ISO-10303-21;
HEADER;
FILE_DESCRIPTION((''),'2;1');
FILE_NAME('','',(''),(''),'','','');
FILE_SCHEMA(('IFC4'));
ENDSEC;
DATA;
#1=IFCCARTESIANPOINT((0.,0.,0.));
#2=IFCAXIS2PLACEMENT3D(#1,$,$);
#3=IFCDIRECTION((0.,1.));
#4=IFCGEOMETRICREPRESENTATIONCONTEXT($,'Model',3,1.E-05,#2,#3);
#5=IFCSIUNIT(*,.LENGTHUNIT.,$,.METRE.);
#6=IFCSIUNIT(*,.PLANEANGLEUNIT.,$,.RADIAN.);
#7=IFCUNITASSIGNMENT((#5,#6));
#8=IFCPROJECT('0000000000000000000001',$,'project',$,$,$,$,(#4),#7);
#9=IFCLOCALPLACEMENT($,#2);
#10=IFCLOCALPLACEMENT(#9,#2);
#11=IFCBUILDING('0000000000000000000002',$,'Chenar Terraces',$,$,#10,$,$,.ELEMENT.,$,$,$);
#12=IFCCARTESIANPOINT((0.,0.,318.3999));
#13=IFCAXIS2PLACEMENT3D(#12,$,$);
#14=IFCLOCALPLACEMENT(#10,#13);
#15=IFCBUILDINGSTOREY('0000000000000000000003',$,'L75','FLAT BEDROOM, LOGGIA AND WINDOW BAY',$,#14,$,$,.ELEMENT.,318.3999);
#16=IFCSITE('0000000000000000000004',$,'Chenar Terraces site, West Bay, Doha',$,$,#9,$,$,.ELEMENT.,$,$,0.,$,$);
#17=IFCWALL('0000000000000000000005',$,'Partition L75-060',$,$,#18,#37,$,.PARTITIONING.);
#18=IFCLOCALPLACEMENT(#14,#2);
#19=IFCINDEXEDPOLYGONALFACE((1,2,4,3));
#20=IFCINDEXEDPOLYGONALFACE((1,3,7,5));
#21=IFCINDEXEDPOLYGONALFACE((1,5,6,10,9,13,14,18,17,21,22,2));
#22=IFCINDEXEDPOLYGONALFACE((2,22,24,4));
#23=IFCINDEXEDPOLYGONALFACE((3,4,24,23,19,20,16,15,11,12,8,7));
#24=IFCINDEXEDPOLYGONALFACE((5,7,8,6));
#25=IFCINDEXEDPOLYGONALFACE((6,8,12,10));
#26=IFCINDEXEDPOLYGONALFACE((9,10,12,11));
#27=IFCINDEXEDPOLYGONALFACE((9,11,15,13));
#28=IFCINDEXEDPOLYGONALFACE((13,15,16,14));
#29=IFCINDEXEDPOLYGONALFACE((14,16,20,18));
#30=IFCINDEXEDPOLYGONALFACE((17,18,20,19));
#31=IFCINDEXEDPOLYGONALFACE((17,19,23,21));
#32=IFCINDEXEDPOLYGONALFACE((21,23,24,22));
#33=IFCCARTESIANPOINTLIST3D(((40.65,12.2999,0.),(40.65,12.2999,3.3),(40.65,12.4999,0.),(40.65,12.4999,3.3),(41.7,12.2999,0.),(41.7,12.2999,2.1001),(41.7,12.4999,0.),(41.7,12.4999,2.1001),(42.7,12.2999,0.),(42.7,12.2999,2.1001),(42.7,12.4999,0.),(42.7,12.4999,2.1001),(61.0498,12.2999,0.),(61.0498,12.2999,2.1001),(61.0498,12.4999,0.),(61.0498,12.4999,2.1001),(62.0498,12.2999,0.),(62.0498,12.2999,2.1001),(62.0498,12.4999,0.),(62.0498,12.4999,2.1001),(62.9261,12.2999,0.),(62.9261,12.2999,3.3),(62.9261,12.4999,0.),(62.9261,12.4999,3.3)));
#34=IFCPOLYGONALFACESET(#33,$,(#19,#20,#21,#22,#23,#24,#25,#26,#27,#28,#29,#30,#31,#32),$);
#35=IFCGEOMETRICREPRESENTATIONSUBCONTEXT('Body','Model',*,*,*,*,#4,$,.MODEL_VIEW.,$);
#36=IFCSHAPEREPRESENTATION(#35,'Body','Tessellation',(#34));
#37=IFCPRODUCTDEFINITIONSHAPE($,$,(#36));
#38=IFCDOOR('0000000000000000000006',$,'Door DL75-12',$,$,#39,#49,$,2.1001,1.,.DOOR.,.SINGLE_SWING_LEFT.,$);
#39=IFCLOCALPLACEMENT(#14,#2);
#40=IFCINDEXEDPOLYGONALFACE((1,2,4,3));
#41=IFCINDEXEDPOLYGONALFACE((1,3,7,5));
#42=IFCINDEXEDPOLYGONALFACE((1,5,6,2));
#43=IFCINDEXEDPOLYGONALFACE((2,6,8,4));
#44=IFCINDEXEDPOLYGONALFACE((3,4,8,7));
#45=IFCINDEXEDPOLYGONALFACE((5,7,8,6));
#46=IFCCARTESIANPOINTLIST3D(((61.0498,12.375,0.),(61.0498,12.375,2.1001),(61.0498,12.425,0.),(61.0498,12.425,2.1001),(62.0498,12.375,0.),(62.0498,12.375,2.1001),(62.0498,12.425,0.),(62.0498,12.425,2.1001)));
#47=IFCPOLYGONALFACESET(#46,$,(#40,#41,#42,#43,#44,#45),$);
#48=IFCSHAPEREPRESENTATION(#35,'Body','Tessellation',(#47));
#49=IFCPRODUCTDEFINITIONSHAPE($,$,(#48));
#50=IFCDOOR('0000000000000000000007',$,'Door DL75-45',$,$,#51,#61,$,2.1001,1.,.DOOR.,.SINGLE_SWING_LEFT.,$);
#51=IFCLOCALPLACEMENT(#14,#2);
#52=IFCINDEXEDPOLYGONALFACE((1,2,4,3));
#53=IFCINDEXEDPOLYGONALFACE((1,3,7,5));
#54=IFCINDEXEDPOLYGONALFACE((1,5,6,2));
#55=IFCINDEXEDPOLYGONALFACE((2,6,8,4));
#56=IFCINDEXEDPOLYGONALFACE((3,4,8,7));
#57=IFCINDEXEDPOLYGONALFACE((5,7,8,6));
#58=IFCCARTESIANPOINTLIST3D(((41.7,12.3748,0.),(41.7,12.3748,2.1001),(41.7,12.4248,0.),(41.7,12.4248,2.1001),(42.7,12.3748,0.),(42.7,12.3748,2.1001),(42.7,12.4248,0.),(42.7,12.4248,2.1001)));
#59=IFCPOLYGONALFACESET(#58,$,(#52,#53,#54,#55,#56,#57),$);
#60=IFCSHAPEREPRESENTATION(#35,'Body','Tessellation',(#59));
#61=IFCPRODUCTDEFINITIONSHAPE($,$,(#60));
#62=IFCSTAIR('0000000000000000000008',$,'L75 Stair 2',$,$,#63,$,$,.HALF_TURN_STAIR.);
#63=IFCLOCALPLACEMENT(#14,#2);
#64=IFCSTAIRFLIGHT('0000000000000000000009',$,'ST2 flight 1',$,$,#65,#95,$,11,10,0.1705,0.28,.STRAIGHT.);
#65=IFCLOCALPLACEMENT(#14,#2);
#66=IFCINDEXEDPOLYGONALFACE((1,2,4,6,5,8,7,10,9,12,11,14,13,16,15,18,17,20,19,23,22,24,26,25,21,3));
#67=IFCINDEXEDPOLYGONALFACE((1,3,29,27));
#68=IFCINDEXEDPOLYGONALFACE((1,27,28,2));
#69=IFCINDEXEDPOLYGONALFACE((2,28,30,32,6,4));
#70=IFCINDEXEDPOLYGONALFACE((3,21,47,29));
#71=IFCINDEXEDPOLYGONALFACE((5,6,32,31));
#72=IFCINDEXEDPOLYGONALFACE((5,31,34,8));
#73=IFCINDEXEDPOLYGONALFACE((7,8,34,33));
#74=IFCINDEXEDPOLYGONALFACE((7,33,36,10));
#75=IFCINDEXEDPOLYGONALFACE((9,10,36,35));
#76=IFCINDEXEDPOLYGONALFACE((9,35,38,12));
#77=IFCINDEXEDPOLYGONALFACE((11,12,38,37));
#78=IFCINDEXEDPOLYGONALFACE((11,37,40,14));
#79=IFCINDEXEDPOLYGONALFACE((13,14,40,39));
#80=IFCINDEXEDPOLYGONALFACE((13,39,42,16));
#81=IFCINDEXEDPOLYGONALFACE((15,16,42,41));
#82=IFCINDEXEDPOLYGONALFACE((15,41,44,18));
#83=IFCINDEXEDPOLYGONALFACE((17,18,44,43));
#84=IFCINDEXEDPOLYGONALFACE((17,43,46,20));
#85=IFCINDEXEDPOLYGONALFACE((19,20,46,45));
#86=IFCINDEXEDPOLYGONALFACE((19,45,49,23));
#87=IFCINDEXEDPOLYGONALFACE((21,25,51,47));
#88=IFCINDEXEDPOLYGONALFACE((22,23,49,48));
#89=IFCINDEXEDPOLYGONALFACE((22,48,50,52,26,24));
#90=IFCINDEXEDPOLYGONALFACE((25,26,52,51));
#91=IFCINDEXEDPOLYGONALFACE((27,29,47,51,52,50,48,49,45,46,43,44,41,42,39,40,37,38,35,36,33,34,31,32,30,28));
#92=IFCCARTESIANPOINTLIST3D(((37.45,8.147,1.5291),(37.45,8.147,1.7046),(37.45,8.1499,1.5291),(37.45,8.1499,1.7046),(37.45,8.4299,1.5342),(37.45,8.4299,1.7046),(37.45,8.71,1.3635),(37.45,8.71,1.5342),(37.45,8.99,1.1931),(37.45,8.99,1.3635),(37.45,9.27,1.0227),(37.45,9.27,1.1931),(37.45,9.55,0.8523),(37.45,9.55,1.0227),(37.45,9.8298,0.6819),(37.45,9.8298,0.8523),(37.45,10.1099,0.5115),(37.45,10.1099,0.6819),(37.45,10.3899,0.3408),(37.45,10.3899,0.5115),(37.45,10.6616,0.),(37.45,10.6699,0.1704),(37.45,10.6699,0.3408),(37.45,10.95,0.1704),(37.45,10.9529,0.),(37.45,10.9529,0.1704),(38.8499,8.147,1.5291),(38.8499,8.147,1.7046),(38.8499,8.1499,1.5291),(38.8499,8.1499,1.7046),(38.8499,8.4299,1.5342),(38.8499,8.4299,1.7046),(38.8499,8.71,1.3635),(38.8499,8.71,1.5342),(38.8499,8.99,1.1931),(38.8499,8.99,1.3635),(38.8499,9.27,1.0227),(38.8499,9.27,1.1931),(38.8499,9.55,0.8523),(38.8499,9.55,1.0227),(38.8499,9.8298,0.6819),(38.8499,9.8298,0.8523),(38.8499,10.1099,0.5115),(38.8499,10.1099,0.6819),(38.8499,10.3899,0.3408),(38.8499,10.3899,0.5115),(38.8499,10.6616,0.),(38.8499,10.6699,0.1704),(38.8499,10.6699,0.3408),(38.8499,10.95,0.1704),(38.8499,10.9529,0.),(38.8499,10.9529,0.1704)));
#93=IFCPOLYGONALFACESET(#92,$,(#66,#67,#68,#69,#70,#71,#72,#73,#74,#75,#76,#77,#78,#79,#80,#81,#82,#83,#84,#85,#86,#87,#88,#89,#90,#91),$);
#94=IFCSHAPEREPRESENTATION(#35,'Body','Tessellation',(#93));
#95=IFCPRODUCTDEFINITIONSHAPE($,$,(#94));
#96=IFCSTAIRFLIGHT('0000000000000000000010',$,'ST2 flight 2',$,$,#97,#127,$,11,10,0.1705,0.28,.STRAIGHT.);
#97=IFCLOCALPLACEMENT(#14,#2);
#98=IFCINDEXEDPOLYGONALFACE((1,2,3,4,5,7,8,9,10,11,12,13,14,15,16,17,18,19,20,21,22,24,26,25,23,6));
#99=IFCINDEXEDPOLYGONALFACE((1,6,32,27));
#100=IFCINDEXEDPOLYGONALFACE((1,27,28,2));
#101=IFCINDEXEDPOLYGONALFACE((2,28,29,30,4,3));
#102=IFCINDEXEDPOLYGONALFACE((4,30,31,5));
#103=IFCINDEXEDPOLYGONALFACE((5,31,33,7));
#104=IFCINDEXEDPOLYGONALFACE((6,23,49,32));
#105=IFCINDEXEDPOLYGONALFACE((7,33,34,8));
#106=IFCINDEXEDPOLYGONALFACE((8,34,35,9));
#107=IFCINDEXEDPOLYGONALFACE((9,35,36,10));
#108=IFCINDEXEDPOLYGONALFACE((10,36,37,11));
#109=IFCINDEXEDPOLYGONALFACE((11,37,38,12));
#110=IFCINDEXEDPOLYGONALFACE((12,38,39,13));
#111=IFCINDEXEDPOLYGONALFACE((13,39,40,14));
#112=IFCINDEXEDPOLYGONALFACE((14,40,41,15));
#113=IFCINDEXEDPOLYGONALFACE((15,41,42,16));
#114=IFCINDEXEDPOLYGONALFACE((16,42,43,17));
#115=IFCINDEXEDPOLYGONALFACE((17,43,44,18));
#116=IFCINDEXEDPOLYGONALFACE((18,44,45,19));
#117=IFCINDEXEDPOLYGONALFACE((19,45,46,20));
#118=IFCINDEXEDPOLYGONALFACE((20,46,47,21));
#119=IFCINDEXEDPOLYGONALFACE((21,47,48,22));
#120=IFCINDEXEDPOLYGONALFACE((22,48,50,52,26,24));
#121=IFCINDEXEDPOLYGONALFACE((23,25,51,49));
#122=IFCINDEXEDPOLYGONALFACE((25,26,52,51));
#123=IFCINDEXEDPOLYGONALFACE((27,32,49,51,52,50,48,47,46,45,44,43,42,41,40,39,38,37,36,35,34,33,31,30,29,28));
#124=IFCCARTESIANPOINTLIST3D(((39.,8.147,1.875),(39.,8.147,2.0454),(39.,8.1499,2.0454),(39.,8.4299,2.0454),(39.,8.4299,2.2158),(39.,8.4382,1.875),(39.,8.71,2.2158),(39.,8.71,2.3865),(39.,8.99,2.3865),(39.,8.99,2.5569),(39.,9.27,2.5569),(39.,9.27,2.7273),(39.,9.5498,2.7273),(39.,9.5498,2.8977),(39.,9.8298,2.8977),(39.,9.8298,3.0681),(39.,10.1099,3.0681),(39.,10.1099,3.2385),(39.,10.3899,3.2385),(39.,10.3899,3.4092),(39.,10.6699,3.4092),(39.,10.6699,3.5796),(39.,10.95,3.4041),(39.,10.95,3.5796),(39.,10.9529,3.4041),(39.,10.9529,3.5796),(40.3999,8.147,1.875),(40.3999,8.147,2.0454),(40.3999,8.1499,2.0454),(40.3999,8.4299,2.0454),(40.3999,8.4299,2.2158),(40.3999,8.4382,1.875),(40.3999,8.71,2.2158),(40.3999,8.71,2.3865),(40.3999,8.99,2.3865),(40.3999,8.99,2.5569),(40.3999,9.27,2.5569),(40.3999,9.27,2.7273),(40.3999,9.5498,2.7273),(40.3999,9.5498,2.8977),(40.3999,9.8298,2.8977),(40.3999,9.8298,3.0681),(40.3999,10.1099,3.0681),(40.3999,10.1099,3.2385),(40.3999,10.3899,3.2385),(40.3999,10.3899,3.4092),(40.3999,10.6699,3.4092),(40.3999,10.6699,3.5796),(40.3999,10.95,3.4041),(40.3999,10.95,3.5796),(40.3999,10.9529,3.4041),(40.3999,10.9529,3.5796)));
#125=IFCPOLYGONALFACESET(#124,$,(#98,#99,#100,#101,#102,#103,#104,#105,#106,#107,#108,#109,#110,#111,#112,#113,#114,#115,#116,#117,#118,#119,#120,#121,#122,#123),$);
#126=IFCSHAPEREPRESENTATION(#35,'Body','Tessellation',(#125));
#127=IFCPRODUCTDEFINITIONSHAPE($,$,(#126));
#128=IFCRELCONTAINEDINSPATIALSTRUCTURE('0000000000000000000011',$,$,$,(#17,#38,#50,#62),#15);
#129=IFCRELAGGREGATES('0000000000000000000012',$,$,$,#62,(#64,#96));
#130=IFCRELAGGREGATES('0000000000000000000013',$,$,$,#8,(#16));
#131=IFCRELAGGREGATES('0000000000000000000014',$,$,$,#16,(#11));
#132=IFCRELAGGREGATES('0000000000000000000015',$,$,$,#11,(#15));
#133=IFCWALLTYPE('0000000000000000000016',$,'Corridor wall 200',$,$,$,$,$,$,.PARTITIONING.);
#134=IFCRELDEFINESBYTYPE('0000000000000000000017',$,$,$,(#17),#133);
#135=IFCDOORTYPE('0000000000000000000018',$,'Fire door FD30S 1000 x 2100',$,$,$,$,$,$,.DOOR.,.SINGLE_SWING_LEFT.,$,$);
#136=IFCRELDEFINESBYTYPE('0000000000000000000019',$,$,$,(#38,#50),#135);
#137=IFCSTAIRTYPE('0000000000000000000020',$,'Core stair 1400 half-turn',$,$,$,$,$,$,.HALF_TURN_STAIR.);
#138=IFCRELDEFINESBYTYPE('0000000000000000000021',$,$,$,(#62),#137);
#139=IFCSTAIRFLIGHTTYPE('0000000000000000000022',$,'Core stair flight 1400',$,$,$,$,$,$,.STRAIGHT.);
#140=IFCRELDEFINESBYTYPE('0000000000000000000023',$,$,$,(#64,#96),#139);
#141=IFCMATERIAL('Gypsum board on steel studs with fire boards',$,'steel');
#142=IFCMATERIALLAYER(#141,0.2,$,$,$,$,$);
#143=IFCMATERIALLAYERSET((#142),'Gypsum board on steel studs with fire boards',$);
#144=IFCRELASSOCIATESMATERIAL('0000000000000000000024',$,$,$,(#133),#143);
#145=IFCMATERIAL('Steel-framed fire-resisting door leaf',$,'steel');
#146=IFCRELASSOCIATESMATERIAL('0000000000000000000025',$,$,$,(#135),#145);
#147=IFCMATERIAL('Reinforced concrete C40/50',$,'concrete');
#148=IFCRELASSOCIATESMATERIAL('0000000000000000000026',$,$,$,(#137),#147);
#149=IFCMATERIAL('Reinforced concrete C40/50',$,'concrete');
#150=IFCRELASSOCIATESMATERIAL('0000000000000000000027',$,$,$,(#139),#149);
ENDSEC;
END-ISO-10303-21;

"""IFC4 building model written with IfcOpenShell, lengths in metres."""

from ifc_helpers import new_model, si_unit, direction, frame, frame_2d, origin, place, context, subcontext, project, spatial, polyline, rectangle, outline, extrude, material, layer, layer_set, type_object, element, fill, aggregate, save


model = new_model("IFC4")

# Units and contexts
model_context = context("Model", 3, precision=1e-05, world=origin(), true_north=direction((0.0, 1.0)))
body_context = subcontext(model_context, "Body", "Model", "MODEL_VIEW")
ifc_project = project(units=[si_unit("LENGTHUNIT", "METRE"), si_unit("PLANEANGLEUNIT", "RADIAN")], contexts=[model_context])

# Site, building, storey
site_placement = place(None, origin())
site = spatial("IfcSite", under=ifc_project, at=site_placement, Name="Chenar Terraces site, West Bay, Doha", CompositionType="ELEMENT", RefElevation=0.0)
building_placement = place(site_placement, origin())
building = spatial("IfcBuilding", under=site, at=building_placement, Name="Chenar Terraces", CompositionType="ELEMENT")
storey_placement = place(building_placement, frame((0.0, 0.0, 318.3999)))
storey = spatial("IfcBuildingStorey", under=building, at=storey_placement, Name="L75", Description="FLAT BEDROOM, LOGGIA AND WINDOW BAY", CompositionType="ELEMENT", Elevation=318.3999)

# Shared definitions
ifc_material_1 = material(Name="Gypsum board on steel studs with fire boards", Category="steel")
ifc_layer_1 = layer(ifc_material_1, 0.2)
ifc_layer_set_1 = layer_set([ifc_layer_1], Name="Gypsum board on steel studs with fire boards")
wall_type_1 = type_object("IfcWallType", Name="Corridor wall 200", PredefinedType="PARTITIONING", material=ifc_layer_set_1)

# Wall, openings, doors
wall_1_placement = place(storey_placement, frame((40.6499, 12.3999, 0.0), z_axis=(0.0, 0.0, 1.0), x_axis=(1.0, 0.0, 0.0)))
wall_1 = element("IfcWall", 1, at=wall_1_placement, inside=storey, type_object=wall_type_1, Name="Partition L75-060", PredefinedType="PARTITIONING", context=body_context, shape_type="SweptSolid", body=[
    extrude(rectangle(XDim=22.2761, YDim=0.2, at=frame_2d((11.1382, 0.0))), origin(), (0.0, 0.0, 1.0), 3.3),
])
opening_1_placement = place(wall_1_placement, frame((20.3999, 0.0, 0.0)))
opening_1 = element("IfcOpeningElement", 2, at=opening_1_placement, cuts=wall_1, PredefinedType="OPENING", context=body_context, shape_type="SweptSolid", body=[
    extrude(rectangle(XDim=1.0, YDim=2.1001, at=frame_2d((0.5, 1.05))), frame((0.0, 0.1099, 0.0), z_axis=(0.0, -1.0, 0.0), x_axis=(1.0, 0.0, 0.0)), (0.0, 0.0, 1.0), 0.22),
])
opening_2_placement = place(wall_1_placement, frame((1.05, 0.0, 0.0)))
opening_2 = element("IfcOpeningElement", 3, at=opening_2_placement, cuts=wall_1, PredefinedType="OPENING", context=body_context, shape_type="SweptSolid", body=[
    extrude(rectangle(XDim=1.0, YDim=2.1001, at=frame_2d((0.5, 1.05))), frame((0.0, 0.1099, 0.0), z_axis=(0.0, -1.0, 0.0), x_axis=(1.0, 0.0, 0.0)), (0.0, 0.0, 1.0), 0.22),
])
ifc_material_2 = material(Name="Steel-framed fire-resisting door leaf", Category="steel")
door_type_1 = type_object("IfcDoorType", Name="Fire door FD30S 1000 x 2100", OperationType="SINGLE_SWING_LEFT", PredefinedType="DOOR", material=ifc_material_2)
door_1_placement = place(opening_1_placement, frame((1.0, 0.0, 0.0), z_axis=(0.0, 0.0, 1.0), x_axis=(-1.0, 0.0, 0.0)))
door_1 = element("IfcDoor", 4, at=door_1_placement, inside=storey, type_object=door_type_1, Name="Door DL75-12", OperationType="SINGLE_SWING_LEFT", OverallHeight=2.1001, OverallWidth=1.0, PredefinedType="DOOR", context=body_context, shape_type="SweptSolid", body=[
    extrude(rectangle(XDim=1.0, YDim=2.1001, at=frame_2d((0.5, 1.05))), frame((0.0, 0.0249, 0.0), z_axis=(0.0, -1.0, 0.0), x_axis=(1.0, 0.0, 0.0)), (0.0, 0.0, 1.0), 0.05),
])
fill(opening_1, door_1)
door_2_placement = place(opening_2_placement, origin())
door_2 = element("IfcDoor", 5, at=door_2_placement, inside=storey, type_object=door_type_1, Name="Door DL75-45", OperationType="SINGLE_SWING_LEFT", OverallHeight=2.1001, OverallWidth=1.0, PredefinedType="DOOR", context=body_context, shape_type="SweptSolid", body=[
    extrude(rectangle(XDim=1.0, YDim=2.1001, at=frame_2d((0.5, 1.05))), frame((0.0, 0.0249, 0.0), z_axis=(0.0, -1.0, 0.0), x_axis=(1.0, 0.0, 0.0)), (0.0, 0.0, 1.0), 0.05),
])
fill(opening_2, door_2)

# Stair, stair flights
ifc_material_3 = material(Name="Reinforced concrete C40/50", Category="concrete")
stair_type = type_object("IfcStairType", Name="Core stair 1400 half-turn", PredefinedType="HALF_TURN_STAIR", material=ifc_material_3)
stair_placement = place(storey_placement, origin())
stair = element("IfcStair", 6, at=stair_placement, inside=storey, type_object=stair_type, Name="L75 Stair 2", PredefinedType="HALF_TURN_STAIR")
ifc_material_4 = material(Name="Reinforced concrete C40/50", Category="concrete")
stair_flight_type = type_object("IfcStairFlightType", Name="Core stair flight 1400", PredefinedType="STRAIGHT", material=ifc_material_4)
stair_flight_1_placement = place(storey_placement, frame((38.1499, 10.95, 0.0), z_axis=(0.0, 0.0, 1.0), x_axis=(0.0, -1.0, 0.0)))
stair_flight_1 = element("IfcStairFlight", 7, at=stair_flight_1_placement, type_object=stair_flight_type, Name="ST2 flight 1", NumberOfRisers=11, NumberOfTreads=10, PredefinedType="STRAIGHT", RiserHeight=0.1705, TreadLength=0.28, context=body_context, shape_type="SweptSolid", body=[
    extrude(outline(polyline([(-0.0029, 0.0), (-0.0029, 0.1704), (0.0, 0.1704), (0.28, 0.1704), (0.28, 0.3408), (0.5601, 0.3408), (0.5601, 0.5115), (0.8401, 0.5115), (0.8401, 0.6819), (1.1201, 0.6819), (1.1201, 0.8523), (1.3999, 0.8523), (1.3999, 1.0227), (1.6799, 1.0227), (1.6799, 1.1931), (1.96, 1.1931), (1.96, 1.3635), (2.24, 1.3635), (2.24, 1.5342), (2.52, 1.5342), (2.52, 1.7046), (2.8, 1.7046), (2.803, 1.7046), (2.803, 1.5291), (2.8, 1.5291), (0.2883, 0.0), (-0.0029, 0.0)])), frame((0.0, 0.7, 0.0), z_axis=(0.0, -1.0, 0.0), x_axis=(1.0, 0.0, 0.0)), (0.0, 0.0, 1.0), 1.3999),
])
stair_flight_2_placement = place(storey_placement, frame((39.7, 8.1499, 1.875), z_axis=(0.0, 0.0, 1.0), x_axis=(0.0, 1.0, 0.0)))
stair_flight_2 = element("IfcStairFlight", 8, at=stair_flight_2_placement, type_object=stair_flight_type, Name="ST2 flight 2", NumberOfRisers=11, NumberOfTreads=10, PredefinedType="STRAIGHT", RiserHeight=0.1705, TreadLength=0.28, context=body_context, shape_type="SweptSolid", body=[
    extrude(outline(polyline([(-0.0029, 0.0), (-0.0029, 0.1704), (0.0, 0.1704), (0.28, 0.1704), (0.28, 0.3408), (0.5601, 0.3408), (0.5601, 0.5115), (0.8401, 0.5115), (0.8401, 0.6819), (1.1201, 0.6819), (1.1201, 0.8523), (1.3999, 0.8523), (1.3999, 1.0227), (1.6799, 1.0227), (1.6799, 1.1931), (1.96, 1.1931), (1.96, 1.3635), (2.24, 1.3635), (2.24, 1.5342), (2.52, 1.5342), (2.52, 1.7046), (2.8, 1.7046), (2.803, 1.7046), (2.803, 1.5291), (2.8, 1.5291), (0.2883, 0.0), (-0.0029, 0.0)])), frame((0.0, 0.7, 0.0), z_axis=(0.0, -1.0, 0.0), x_axis=(1.0, 0.0, 0.0)), (0.0, 0.0, 1.0), 1.3999),
])
aggregate(stair, [stair_flight_1, stair_flight_2])

save(model, "model.ifc")
